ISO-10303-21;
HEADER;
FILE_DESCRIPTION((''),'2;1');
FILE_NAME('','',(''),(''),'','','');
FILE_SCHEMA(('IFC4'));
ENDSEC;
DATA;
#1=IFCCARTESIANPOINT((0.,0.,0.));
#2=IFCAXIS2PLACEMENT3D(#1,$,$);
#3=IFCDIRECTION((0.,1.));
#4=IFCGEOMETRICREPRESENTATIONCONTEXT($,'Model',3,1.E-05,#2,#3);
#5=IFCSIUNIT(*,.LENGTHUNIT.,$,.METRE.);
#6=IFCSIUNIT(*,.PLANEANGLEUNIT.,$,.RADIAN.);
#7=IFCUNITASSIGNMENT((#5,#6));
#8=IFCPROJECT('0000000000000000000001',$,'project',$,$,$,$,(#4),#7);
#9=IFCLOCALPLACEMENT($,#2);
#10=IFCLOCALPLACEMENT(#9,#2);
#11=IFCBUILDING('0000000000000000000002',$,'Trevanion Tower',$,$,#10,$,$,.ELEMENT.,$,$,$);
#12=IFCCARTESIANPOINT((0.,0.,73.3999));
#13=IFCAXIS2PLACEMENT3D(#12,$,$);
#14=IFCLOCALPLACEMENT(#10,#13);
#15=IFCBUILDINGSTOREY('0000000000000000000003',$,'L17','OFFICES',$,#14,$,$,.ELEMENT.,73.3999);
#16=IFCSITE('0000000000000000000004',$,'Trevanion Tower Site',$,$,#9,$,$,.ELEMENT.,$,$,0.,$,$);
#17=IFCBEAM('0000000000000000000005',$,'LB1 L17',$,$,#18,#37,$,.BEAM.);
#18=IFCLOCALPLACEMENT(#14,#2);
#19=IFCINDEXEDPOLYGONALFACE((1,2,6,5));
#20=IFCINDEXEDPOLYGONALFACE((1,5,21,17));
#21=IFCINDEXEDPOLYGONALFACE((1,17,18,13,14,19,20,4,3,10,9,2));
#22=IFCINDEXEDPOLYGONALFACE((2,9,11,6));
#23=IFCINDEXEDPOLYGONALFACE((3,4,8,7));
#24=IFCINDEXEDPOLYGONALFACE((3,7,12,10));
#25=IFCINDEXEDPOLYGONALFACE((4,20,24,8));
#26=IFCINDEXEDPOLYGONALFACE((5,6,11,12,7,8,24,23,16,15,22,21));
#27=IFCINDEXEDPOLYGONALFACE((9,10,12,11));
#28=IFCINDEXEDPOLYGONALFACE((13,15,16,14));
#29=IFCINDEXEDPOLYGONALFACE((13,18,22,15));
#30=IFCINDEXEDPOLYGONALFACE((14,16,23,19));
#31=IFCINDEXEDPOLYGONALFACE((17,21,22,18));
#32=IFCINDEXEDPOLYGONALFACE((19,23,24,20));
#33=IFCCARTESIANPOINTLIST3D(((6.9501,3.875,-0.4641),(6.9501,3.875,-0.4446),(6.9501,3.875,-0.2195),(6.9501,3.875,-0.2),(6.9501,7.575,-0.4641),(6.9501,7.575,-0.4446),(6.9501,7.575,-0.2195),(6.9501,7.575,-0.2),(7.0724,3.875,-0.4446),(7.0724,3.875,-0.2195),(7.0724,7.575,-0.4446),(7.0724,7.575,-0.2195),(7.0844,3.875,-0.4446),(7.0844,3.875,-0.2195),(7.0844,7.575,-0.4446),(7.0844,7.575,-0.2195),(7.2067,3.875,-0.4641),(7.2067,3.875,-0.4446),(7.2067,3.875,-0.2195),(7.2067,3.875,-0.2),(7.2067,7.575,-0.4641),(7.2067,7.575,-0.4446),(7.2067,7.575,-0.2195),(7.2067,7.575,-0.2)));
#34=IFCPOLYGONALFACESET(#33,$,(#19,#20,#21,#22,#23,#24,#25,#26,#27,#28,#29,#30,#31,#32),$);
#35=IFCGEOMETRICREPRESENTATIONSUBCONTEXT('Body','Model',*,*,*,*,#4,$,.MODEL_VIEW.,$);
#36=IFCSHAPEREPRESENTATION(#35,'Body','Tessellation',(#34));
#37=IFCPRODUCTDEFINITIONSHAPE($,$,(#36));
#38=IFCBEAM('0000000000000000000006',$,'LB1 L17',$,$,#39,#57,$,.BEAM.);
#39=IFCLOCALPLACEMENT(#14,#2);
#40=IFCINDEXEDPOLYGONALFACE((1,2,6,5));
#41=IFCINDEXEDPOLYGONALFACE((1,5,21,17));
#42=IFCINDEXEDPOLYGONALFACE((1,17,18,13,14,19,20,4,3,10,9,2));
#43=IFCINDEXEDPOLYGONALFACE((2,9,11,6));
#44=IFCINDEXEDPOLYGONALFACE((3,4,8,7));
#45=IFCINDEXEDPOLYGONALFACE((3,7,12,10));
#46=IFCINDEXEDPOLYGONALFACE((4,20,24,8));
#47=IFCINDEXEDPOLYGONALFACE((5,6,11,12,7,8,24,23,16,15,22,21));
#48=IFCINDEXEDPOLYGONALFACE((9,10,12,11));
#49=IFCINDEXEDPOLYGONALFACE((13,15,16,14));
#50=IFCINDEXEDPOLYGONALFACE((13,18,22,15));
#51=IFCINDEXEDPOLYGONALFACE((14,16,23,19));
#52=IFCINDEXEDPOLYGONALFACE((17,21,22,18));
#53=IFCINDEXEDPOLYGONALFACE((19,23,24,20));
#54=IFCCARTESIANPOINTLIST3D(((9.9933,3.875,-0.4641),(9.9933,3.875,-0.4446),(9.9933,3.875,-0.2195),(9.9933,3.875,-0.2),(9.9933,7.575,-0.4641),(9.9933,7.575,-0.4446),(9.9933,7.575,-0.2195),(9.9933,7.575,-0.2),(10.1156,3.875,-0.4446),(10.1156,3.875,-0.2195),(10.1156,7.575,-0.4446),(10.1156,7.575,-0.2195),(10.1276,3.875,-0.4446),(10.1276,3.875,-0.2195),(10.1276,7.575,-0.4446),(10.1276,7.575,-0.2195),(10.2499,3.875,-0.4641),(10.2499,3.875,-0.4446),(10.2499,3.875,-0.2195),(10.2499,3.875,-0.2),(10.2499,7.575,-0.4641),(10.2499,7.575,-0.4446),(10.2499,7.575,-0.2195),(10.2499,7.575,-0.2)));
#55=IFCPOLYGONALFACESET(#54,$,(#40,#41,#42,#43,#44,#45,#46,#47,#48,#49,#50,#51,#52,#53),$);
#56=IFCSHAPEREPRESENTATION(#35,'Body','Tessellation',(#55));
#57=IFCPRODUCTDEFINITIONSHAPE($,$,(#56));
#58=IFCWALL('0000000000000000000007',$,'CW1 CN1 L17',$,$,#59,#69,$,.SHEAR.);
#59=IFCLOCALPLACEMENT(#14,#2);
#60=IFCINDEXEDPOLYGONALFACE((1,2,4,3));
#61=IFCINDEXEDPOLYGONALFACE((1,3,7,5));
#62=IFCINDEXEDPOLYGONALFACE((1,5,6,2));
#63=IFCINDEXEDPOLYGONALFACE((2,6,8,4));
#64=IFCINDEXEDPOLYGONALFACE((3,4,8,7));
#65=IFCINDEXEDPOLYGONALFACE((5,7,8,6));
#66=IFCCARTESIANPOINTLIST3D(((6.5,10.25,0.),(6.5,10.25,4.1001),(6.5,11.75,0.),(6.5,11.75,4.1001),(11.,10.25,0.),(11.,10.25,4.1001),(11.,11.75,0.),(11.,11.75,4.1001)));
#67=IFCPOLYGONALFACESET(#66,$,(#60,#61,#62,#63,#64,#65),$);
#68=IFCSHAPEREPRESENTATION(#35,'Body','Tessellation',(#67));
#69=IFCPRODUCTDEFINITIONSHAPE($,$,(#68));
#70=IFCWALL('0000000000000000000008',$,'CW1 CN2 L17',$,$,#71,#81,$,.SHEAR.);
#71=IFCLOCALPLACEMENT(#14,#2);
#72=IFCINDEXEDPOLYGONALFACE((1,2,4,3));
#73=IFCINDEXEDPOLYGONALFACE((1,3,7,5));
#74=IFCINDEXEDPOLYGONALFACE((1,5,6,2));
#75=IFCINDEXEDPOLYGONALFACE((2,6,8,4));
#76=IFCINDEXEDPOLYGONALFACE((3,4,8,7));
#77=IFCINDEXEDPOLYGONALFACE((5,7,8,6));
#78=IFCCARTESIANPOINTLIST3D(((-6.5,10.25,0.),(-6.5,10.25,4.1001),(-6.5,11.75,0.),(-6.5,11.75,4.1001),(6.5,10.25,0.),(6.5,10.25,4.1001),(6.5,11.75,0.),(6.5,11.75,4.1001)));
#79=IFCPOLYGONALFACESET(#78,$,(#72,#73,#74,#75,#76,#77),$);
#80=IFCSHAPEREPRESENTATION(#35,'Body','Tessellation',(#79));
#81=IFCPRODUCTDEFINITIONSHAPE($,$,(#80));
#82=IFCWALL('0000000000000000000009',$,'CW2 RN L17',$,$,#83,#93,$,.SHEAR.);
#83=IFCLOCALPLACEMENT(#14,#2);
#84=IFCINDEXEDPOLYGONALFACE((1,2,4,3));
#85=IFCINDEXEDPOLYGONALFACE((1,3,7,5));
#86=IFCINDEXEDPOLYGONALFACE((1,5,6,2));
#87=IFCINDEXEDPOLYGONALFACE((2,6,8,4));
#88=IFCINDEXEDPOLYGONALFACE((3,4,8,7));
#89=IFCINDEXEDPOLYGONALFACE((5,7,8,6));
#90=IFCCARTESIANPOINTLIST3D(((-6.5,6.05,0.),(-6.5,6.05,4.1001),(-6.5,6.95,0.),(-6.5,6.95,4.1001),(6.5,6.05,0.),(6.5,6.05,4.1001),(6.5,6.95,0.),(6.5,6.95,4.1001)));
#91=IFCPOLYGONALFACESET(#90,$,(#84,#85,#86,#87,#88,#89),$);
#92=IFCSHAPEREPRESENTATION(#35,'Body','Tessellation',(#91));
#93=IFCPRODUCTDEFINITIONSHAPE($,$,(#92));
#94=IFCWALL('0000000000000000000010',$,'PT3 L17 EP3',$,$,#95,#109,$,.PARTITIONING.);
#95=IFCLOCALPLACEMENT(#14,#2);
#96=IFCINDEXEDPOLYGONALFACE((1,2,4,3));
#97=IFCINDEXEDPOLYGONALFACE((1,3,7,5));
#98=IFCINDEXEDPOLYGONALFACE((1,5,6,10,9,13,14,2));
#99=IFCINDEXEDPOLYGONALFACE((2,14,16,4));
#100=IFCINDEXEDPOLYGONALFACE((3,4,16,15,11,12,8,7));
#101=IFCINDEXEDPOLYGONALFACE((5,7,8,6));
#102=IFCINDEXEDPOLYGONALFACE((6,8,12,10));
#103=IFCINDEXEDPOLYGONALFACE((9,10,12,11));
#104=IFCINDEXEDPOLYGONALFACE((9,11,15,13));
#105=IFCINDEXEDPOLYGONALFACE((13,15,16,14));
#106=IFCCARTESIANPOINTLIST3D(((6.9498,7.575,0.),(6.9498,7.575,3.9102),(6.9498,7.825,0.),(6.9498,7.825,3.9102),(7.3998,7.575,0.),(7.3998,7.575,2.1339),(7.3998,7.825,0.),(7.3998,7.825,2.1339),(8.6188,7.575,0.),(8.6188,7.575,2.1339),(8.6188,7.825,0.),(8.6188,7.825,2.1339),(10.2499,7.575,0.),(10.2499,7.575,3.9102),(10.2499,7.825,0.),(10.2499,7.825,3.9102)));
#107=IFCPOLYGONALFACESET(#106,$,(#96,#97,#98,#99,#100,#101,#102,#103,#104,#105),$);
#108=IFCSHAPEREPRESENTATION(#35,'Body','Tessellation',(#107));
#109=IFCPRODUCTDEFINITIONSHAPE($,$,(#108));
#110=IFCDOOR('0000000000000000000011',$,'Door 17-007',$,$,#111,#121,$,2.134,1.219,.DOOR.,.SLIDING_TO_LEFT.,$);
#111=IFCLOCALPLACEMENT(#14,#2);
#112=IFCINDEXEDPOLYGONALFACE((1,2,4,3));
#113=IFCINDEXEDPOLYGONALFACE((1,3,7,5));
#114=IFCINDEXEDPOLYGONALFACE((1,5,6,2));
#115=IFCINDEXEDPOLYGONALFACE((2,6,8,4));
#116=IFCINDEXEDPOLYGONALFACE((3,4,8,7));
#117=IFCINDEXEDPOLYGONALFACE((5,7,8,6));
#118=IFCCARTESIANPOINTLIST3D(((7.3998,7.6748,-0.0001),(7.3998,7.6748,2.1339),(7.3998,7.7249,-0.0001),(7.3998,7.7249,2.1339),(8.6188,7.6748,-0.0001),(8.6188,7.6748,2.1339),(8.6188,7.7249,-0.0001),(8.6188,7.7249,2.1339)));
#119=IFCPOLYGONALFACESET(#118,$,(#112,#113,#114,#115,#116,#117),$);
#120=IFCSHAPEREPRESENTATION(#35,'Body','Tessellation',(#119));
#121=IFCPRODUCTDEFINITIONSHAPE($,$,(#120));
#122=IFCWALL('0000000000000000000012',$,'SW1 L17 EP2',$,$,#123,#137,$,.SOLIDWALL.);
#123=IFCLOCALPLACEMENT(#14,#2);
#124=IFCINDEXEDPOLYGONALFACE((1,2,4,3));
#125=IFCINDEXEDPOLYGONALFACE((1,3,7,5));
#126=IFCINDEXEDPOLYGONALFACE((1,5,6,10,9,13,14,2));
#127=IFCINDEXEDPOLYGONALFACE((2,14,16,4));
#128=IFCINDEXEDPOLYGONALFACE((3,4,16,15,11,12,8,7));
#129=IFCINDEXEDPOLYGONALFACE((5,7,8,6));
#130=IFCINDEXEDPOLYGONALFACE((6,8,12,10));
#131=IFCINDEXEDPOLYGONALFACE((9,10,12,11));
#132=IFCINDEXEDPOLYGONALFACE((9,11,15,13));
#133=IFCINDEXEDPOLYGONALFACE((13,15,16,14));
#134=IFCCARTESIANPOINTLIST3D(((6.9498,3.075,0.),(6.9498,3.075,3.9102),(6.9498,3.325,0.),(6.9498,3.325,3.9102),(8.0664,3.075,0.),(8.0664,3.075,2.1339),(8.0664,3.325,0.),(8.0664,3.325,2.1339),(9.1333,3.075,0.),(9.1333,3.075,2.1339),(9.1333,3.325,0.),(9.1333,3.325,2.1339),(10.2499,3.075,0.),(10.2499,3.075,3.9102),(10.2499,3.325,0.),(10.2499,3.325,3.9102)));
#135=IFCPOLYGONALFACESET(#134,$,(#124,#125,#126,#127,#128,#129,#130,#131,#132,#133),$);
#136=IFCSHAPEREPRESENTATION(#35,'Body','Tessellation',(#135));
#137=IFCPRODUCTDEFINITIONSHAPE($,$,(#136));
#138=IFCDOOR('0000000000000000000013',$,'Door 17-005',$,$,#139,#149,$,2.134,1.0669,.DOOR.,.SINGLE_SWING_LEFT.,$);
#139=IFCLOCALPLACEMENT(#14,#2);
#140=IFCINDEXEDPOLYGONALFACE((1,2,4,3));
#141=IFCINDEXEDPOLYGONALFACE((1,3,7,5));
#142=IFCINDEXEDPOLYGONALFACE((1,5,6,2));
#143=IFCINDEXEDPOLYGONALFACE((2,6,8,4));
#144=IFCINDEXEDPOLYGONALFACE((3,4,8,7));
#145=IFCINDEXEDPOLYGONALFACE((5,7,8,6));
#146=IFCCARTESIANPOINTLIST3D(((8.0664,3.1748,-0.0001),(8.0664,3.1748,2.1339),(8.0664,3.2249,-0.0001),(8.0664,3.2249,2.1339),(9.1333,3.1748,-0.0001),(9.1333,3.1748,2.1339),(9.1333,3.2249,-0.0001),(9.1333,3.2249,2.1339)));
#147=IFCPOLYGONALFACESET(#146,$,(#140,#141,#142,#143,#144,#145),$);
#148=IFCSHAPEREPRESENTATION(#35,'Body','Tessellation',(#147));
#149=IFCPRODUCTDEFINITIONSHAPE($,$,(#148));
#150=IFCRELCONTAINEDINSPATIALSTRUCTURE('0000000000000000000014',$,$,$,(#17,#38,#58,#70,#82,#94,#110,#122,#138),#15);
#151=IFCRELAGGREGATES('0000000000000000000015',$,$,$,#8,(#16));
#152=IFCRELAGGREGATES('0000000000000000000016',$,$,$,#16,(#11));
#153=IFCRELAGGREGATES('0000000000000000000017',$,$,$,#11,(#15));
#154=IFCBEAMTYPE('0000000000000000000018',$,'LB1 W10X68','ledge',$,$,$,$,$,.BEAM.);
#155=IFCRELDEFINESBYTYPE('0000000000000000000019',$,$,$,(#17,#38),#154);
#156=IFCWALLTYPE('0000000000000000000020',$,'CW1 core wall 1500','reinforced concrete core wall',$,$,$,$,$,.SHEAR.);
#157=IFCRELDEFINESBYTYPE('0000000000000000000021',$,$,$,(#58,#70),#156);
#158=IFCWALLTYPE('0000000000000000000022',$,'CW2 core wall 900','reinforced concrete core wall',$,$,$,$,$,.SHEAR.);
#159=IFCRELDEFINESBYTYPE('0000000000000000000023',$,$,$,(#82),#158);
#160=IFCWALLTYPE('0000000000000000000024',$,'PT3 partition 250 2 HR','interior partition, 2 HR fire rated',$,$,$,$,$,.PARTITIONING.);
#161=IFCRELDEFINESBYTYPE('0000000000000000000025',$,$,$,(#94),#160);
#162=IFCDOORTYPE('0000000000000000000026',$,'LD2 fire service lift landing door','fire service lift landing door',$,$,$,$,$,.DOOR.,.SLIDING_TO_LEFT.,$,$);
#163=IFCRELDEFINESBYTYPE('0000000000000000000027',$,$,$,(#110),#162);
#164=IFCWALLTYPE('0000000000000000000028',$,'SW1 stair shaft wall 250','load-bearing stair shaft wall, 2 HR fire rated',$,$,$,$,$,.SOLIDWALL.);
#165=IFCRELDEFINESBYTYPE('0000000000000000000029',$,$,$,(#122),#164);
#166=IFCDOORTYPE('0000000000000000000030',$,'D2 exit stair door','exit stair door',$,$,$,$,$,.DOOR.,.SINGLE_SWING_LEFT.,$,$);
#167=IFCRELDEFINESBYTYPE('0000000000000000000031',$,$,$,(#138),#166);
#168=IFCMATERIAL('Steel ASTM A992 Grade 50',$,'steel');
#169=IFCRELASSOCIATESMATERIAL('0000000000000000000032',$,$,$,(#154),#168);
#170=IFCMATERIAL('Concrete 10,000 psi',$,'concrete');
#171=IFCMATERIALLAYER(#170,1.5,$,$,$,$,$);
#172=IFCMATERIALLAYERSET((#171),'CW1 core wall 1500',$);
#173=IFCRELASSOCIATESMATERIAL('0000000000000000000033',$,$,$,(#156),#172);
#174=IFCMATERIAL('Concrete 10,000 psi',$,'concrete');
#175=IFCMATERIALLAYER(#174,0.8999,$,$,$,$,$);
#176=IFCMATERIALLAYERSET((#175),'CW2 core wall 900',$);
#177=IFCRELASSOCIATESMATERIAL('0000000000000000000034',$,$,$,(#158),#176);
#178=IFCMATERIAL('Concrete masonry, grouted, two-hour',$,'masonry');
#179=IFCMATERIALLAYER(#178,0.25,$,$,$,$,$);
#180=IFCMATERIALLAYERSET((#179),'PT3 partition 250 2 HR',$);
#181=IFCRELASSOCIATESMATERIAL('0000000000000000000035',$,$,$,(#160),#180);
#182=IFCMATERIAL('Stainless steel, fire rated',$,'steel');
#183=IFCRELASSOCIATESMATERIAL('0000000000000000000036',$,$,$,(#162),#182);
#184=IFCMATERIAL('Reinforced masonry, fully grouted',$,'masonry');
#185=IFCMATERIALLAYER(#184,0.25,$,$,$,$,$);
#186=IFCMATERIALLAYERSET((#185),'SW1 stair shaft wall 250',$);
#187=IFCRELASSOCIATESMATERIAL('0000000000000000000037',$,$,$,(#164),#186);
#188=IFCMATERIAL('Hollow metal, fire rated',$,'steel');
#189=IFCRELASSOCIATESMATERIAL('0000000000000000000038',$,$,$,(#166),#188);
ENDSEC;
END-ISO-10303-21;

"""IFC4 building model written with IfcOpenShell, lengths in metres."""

from ifc_helpers import new_model, si_unit, direction, frame, frame_2d, origin, origin_2d, place, context, subcontext, project, spatial, rectangle, i_section, extrude, material, layer, layer_set, material_profile, profile_set, type_object, element, fill, save


model = new_model("IFC4")

# Units and contexts
model_context = context("Model", 3, precision=1e-05, world=origin(), true_north=direction((0.0, 1.0)))
body_context = subcontext(model_context, "Body", "Model", "MODEL_VIEW")
ifc_project = project(units=[si_unit("LENGTHUNIT", "METRE"), si_unit("PLANEANGLEUNIT", "RADIAN")], contexts=[model_context])

# Site, building, storey
site_placement = place(None, origin())
site = spatial("IfcSite", under=ifc_project, at=site_placement, Name="Trevanion Tower Site", CompositionType="ELEMENT", RefElevation=0.0)
building_placement = place(site_placement, origin())
building = spatial("IfcBuilding", under=site, at=building_placement, Name="Trevanion Tower", CompositionType="ELEMENT")
storey_placement = place(building_placement, frame((0.0, 0.0, 73.3999)))
storey = spatial("IfcBuildingStorey", under=building, at=storey_placement, Name="L17", Description="OFFICES", CompositionType="ELEMENT", Elevation=73.3999)

# Beams
ifc_material_1 = material(Name="Steel ASTM A992 Grade 50", Category="steel")
ifc_material_profile_1 = material_profile(ifc_material_1, i_section(OverallWidth=0.2566, OverallDepth=0.2642, WebThickness=0.012, FlangeThickness=0.0195, at=origin_2d()), Name="W10X68")
ifc_profile_set_1 = profile_set([ifc_material_profile_1], Name="Steel ASTM A992 Grade 50")
beam_type_1 = type_object("IfcBeamType", Name="LB1 W10X68", Description="ledge", PredefinedType="BEAM", material=ifc_profile_set_1)
for number, where, z_axis, x_axis, name in (
    (1, (7.0784, 3.875, -0.332), (0.0, 1.0, 0.0), (-1.0, 0.0, 0.0), "LB1 L17"),
    (2, (10.1216, 3.875, -0.332), (0.0, 1.0, 0.0), (-1.0, 0.0, 0.0), "LB1 L17"),
):
    element("IfcBeam", number, at=place(storey_placement, frame(where, z_axis=z_axis, x_axis=x_axis)), inside=storey, type_object=beam_type_1, Name=name, PredefinedType="BEAM", context=body_context, shape_type="SweptSolid", body=[
        extrude(i_section(OverallWidth=0.2566, OverallDepth=0.2642, WebThickness=0.012, FlangeThickness=0.0195, at=origin_2d()), origin(), (0.0, 0.0, 1.0), 3.7),
    ])

# Walls
ifc_material_2 = material(Name="Concrete 10,000 psi", Category="concrete")
ifc_layer_1 = layer(ifc_material_2, 1.5)
ifc_layer_set_1 = layer_set([ifc_layer_1], Name="CW1 core wall 1500")
wall_type_1 = type_object("IfcWallType", Name="CW1 core wall 1500", Description="reinforced concrete core wall", PredefinedType="SHEAR", material=ifc_layer_set_1)
wall_1_placement = place(storey_placement, frame((11.0, 11.0, 0.0), z_axis=(0.0, 0.0, 1.0), x_axis=(-1.0, 0.0, 0.0)))
element("IfcWall", 3, at=wall_1_placement, inside=storey, type_object=wall_type_1, Name="CW1 CN1 L17", PredefinedType="SHEAR", context=body_context, shape_type="SweptSolid", body=[
    extrude(rectangle(XDim=4.5, YDim=1.5, at=frame_2d((2.25, 0.0))), origin(), (0.0, 0.0, 1.0), 4.1001),
])
wall_2_placement = place(storey_placement, frame((6.5, 11.0, 0.0), z_axis=(0.0, 0.0, 1.0), x_axis=(-1.0, 0.0, 0.0)))
element("IfcWall", 4, at=wall_2_placement, inside=storey, type_object=wall_type_1, Name="CW1 CN2 L17", PredefinedType="SHEAR", context=body_context, shape_type="SweptSolid", body=[
    extrude(rectangle(XDim=13.0, YDim=1.5, at=frame_2d((6.5, 0.0))), origin(), (0.0, 0.0, 1.0), 4.1001),
])
ifc_material_3 = material(Name="Concrete 10,000 psi", Category="concrete")
ifc_layer_2 = layer(ifc_material_3, 0.8999)
ifc_layer_set_2 = layer_set([ifc_layer_2], Name="CW2 core wall 900")
wall_type_2 = type_object("IfcWallType", Name="CW2 core wall 900", Description="reinforced concrete core wall", PredefinedType="SHEAR", material=ifc_layer_set_2)
wall_3_placement = place(storey_placement, frame((6.5, 6.5, 0.0), z_axis=(0.0, 0.0, 1.0), x_axis=(-1.0, 0.0, 0.0)))
element("IfcWall", 5, at=wall_3_placement, inside=storey, type_object=wall_type_2, Name="CW2 RN L17", PredefinedType="SHEAR", context=body_context, shape_type="SweptSolid", body=[
    extrude(rectangle(XDim=13.0, YDim=0.8999, at=frame_2d((6.5, 0.0))), origin(), (0.0, 0.0, 1.0), 4.1001),
])

# Walls, openings, doors
ifc_material_4 = material(Name="Concrete masonry, grouted, two-hour", Category="masonry")
ifc_layer_3 = layer(ifc_material_4, 0.25)
ifc_layer_set_3 = layer_set([ifc_layer_3], Name="PT3 partition 250 2 HR")
wall_type_3 = type_object("IfcWallType", Name="PT3 partition 250 2 HR", Description="interior partition, 2 HR fire rated", PredefinedType="PARTITIONING", material=ifc_layer_set_3)
wall_4_placement = place(storey_placement, frame((6.95, 7.7, 0.0), z_axis=(0.0, 0.0, 1.0), x_axis=(1.0, 0.0, 0.0)))
wall_4 = element("IfcWall", 6, at=wall_4_placement, inside=storey, type_object=wall_type_3, Name="PT3 L17 EP3", PredefinedType="PARTITIONING", context=body_context, shape_type="SweptSolid", body=[
    extrude(rectangle(XDim=3.3, YDim=0.25, at=frame_2d((1.6499, 0.0))), origin(), (0.0, 0.0, 1.0), 3.9102),
])
opening_1_placement = place(wall_4_placement, frame((0.45, 0.0, 0.0)))
opening_1 = element("IfcOpeningElement", 7, at=opening_1_placement, cuts=wall_4, PredefinedType="OPENING", context=body_context, shape_type="SweptSolid", body=[
    extrude(rectangle(XDim=1.219, YDim=2.134, at=frame_2d((0.6094, 1.0669))), frame((0.0, 0.135, 0.0), z_axis=(0.0, -1.0, 0.0), x_axis=(1.0, 0.0, 0.0)), (0.0, 0.0, 1.0), 0.27),
])
ifc_material_5 = material(Name="Stainless steel, fire rated", Category="steel")
door_type_1 = type_object("IfcDoorType", Name="LD2 fire service lift landing door", Description="fire service lift landing door", OperationType="SLIDING_TO_LEFT", PredefinedType="DOOR", material=ifc_material_5)
door_1_placement = place(opening_1_placement, origin())
door_1 = element("IfcDoor", 8, at=door_1_placement, inside=storey, type_object=door_type_1, Name="Door 17-007", OperationType="SLIDING_TO_LEFT", OverallHeight=2.134, OverallWidth=1.219, PredefinedType="DOOR", context=body_context, shape_type="SweptSolid", body=[
    extrude(rectangle(XDim=1.219, YDim=2.134, at=frame_2d((0.6094, 1.0669))), frame((0.0, 0.0249, 0.0), z_axis=(0.0, -1.0, 0.0), x_axis=(1.0, 0.0, 0.0)), (0.0, 0.0, 1.0), 0.05),
])
fill(opening_1, door_1)
ifc_material_6 = material(Name="Reinforced masonry, fully grouted", Category="masonry")
ifc_layer_4 = layer(ifc_material_6, 0.25)
ifc_layer_set_4 = layer_set([ifc_layer_4], Name="SW1 stair shaft wall 250")
wall_type_4 = type_object("IfcWallType", Name="SW1 stair shaft wall 250", Description="load-bearing stair shaft wall, 2 HR fire rated", PredefinedType="SOLIDWALL", material=ifc_layer_set_4)
wall_5_placement = place(storey_placement, frame((6.95, 3.2, 0.0), z_axis=(0.0, 0.0, 1.0), x_axis=(1.0, 0.0, 0.0)))
wall_5 = element("IfcWall", 9, at=wall_5_placement, inside=storey, type_object=wall_type_4, Name="SW1 L17 EP2", PredefinedType="SOLIDWALL", context=body_context, shape_type="SweptSolid", body=[
    extrude(rectangle(XDim=3.3, YDim=0.25, at=frame_2d((1.6499, 0.0))), origin(), (0.0, 0.0, 1.0), 3.9102),
])
opening_2_placement = place(wall_5_placement, frame((1.1165, 0.0, 0.0)))
opening_2 = element("IfcOpeningElement", 10, at=opening_2_placement, cuts=wall_5, PredefinedType="OPENING", context=body_context, shape_type="SweptSolid", body=[
    extrude(rectangle(XDim=1.0669, YDim=2.134, at=frame_2d((0.5334, 1.0669))), frame((0.0, 0.135, 0.0), z_axis=(0.0, -1.0, 0.0), x_axis=(1.0, 0.0, 0.0)), (0.0, 0.0, 1.0), 0.27),
])
ifc_material_7 = material(Name="Hollow metal, fire rated", Category="steel")
door_type_2 = type_object("IfcDoorType", Name="D2 exit stair door", Description="exit stair door", OperationType="SINGLE_SWING_LEFT", PredefinedType="DOOR", material=ifc_material_7)
door_2_placement = place(opening_2_placement, origin())
door_2 = element("IfcDoor", 11, at=door_2_placement, inside=storey, type_object=door_type_2, Name="Door 17-005", OperationType="SINGLE_SWING_LEFT", OverallHeight=2.134, OverallWidth=1.0669, PredefinedType="DOOR", context=body_context, shape_type="SweptSolid", body=[
    extrude(rectangle(XDim=1.0669, YDim=2.134, at=frame_2d((0.5334, 1.0669))), frame((0.0, 0.0249, 0.0), z_axis=(0.0, -1.0, 0.0), x_axis=(1.0, 0.0, 0.0)), (0.0, 0.0, 1.0), 0.05),
])
fill(opening_2, door_2)

save(model, "model.ifc")
